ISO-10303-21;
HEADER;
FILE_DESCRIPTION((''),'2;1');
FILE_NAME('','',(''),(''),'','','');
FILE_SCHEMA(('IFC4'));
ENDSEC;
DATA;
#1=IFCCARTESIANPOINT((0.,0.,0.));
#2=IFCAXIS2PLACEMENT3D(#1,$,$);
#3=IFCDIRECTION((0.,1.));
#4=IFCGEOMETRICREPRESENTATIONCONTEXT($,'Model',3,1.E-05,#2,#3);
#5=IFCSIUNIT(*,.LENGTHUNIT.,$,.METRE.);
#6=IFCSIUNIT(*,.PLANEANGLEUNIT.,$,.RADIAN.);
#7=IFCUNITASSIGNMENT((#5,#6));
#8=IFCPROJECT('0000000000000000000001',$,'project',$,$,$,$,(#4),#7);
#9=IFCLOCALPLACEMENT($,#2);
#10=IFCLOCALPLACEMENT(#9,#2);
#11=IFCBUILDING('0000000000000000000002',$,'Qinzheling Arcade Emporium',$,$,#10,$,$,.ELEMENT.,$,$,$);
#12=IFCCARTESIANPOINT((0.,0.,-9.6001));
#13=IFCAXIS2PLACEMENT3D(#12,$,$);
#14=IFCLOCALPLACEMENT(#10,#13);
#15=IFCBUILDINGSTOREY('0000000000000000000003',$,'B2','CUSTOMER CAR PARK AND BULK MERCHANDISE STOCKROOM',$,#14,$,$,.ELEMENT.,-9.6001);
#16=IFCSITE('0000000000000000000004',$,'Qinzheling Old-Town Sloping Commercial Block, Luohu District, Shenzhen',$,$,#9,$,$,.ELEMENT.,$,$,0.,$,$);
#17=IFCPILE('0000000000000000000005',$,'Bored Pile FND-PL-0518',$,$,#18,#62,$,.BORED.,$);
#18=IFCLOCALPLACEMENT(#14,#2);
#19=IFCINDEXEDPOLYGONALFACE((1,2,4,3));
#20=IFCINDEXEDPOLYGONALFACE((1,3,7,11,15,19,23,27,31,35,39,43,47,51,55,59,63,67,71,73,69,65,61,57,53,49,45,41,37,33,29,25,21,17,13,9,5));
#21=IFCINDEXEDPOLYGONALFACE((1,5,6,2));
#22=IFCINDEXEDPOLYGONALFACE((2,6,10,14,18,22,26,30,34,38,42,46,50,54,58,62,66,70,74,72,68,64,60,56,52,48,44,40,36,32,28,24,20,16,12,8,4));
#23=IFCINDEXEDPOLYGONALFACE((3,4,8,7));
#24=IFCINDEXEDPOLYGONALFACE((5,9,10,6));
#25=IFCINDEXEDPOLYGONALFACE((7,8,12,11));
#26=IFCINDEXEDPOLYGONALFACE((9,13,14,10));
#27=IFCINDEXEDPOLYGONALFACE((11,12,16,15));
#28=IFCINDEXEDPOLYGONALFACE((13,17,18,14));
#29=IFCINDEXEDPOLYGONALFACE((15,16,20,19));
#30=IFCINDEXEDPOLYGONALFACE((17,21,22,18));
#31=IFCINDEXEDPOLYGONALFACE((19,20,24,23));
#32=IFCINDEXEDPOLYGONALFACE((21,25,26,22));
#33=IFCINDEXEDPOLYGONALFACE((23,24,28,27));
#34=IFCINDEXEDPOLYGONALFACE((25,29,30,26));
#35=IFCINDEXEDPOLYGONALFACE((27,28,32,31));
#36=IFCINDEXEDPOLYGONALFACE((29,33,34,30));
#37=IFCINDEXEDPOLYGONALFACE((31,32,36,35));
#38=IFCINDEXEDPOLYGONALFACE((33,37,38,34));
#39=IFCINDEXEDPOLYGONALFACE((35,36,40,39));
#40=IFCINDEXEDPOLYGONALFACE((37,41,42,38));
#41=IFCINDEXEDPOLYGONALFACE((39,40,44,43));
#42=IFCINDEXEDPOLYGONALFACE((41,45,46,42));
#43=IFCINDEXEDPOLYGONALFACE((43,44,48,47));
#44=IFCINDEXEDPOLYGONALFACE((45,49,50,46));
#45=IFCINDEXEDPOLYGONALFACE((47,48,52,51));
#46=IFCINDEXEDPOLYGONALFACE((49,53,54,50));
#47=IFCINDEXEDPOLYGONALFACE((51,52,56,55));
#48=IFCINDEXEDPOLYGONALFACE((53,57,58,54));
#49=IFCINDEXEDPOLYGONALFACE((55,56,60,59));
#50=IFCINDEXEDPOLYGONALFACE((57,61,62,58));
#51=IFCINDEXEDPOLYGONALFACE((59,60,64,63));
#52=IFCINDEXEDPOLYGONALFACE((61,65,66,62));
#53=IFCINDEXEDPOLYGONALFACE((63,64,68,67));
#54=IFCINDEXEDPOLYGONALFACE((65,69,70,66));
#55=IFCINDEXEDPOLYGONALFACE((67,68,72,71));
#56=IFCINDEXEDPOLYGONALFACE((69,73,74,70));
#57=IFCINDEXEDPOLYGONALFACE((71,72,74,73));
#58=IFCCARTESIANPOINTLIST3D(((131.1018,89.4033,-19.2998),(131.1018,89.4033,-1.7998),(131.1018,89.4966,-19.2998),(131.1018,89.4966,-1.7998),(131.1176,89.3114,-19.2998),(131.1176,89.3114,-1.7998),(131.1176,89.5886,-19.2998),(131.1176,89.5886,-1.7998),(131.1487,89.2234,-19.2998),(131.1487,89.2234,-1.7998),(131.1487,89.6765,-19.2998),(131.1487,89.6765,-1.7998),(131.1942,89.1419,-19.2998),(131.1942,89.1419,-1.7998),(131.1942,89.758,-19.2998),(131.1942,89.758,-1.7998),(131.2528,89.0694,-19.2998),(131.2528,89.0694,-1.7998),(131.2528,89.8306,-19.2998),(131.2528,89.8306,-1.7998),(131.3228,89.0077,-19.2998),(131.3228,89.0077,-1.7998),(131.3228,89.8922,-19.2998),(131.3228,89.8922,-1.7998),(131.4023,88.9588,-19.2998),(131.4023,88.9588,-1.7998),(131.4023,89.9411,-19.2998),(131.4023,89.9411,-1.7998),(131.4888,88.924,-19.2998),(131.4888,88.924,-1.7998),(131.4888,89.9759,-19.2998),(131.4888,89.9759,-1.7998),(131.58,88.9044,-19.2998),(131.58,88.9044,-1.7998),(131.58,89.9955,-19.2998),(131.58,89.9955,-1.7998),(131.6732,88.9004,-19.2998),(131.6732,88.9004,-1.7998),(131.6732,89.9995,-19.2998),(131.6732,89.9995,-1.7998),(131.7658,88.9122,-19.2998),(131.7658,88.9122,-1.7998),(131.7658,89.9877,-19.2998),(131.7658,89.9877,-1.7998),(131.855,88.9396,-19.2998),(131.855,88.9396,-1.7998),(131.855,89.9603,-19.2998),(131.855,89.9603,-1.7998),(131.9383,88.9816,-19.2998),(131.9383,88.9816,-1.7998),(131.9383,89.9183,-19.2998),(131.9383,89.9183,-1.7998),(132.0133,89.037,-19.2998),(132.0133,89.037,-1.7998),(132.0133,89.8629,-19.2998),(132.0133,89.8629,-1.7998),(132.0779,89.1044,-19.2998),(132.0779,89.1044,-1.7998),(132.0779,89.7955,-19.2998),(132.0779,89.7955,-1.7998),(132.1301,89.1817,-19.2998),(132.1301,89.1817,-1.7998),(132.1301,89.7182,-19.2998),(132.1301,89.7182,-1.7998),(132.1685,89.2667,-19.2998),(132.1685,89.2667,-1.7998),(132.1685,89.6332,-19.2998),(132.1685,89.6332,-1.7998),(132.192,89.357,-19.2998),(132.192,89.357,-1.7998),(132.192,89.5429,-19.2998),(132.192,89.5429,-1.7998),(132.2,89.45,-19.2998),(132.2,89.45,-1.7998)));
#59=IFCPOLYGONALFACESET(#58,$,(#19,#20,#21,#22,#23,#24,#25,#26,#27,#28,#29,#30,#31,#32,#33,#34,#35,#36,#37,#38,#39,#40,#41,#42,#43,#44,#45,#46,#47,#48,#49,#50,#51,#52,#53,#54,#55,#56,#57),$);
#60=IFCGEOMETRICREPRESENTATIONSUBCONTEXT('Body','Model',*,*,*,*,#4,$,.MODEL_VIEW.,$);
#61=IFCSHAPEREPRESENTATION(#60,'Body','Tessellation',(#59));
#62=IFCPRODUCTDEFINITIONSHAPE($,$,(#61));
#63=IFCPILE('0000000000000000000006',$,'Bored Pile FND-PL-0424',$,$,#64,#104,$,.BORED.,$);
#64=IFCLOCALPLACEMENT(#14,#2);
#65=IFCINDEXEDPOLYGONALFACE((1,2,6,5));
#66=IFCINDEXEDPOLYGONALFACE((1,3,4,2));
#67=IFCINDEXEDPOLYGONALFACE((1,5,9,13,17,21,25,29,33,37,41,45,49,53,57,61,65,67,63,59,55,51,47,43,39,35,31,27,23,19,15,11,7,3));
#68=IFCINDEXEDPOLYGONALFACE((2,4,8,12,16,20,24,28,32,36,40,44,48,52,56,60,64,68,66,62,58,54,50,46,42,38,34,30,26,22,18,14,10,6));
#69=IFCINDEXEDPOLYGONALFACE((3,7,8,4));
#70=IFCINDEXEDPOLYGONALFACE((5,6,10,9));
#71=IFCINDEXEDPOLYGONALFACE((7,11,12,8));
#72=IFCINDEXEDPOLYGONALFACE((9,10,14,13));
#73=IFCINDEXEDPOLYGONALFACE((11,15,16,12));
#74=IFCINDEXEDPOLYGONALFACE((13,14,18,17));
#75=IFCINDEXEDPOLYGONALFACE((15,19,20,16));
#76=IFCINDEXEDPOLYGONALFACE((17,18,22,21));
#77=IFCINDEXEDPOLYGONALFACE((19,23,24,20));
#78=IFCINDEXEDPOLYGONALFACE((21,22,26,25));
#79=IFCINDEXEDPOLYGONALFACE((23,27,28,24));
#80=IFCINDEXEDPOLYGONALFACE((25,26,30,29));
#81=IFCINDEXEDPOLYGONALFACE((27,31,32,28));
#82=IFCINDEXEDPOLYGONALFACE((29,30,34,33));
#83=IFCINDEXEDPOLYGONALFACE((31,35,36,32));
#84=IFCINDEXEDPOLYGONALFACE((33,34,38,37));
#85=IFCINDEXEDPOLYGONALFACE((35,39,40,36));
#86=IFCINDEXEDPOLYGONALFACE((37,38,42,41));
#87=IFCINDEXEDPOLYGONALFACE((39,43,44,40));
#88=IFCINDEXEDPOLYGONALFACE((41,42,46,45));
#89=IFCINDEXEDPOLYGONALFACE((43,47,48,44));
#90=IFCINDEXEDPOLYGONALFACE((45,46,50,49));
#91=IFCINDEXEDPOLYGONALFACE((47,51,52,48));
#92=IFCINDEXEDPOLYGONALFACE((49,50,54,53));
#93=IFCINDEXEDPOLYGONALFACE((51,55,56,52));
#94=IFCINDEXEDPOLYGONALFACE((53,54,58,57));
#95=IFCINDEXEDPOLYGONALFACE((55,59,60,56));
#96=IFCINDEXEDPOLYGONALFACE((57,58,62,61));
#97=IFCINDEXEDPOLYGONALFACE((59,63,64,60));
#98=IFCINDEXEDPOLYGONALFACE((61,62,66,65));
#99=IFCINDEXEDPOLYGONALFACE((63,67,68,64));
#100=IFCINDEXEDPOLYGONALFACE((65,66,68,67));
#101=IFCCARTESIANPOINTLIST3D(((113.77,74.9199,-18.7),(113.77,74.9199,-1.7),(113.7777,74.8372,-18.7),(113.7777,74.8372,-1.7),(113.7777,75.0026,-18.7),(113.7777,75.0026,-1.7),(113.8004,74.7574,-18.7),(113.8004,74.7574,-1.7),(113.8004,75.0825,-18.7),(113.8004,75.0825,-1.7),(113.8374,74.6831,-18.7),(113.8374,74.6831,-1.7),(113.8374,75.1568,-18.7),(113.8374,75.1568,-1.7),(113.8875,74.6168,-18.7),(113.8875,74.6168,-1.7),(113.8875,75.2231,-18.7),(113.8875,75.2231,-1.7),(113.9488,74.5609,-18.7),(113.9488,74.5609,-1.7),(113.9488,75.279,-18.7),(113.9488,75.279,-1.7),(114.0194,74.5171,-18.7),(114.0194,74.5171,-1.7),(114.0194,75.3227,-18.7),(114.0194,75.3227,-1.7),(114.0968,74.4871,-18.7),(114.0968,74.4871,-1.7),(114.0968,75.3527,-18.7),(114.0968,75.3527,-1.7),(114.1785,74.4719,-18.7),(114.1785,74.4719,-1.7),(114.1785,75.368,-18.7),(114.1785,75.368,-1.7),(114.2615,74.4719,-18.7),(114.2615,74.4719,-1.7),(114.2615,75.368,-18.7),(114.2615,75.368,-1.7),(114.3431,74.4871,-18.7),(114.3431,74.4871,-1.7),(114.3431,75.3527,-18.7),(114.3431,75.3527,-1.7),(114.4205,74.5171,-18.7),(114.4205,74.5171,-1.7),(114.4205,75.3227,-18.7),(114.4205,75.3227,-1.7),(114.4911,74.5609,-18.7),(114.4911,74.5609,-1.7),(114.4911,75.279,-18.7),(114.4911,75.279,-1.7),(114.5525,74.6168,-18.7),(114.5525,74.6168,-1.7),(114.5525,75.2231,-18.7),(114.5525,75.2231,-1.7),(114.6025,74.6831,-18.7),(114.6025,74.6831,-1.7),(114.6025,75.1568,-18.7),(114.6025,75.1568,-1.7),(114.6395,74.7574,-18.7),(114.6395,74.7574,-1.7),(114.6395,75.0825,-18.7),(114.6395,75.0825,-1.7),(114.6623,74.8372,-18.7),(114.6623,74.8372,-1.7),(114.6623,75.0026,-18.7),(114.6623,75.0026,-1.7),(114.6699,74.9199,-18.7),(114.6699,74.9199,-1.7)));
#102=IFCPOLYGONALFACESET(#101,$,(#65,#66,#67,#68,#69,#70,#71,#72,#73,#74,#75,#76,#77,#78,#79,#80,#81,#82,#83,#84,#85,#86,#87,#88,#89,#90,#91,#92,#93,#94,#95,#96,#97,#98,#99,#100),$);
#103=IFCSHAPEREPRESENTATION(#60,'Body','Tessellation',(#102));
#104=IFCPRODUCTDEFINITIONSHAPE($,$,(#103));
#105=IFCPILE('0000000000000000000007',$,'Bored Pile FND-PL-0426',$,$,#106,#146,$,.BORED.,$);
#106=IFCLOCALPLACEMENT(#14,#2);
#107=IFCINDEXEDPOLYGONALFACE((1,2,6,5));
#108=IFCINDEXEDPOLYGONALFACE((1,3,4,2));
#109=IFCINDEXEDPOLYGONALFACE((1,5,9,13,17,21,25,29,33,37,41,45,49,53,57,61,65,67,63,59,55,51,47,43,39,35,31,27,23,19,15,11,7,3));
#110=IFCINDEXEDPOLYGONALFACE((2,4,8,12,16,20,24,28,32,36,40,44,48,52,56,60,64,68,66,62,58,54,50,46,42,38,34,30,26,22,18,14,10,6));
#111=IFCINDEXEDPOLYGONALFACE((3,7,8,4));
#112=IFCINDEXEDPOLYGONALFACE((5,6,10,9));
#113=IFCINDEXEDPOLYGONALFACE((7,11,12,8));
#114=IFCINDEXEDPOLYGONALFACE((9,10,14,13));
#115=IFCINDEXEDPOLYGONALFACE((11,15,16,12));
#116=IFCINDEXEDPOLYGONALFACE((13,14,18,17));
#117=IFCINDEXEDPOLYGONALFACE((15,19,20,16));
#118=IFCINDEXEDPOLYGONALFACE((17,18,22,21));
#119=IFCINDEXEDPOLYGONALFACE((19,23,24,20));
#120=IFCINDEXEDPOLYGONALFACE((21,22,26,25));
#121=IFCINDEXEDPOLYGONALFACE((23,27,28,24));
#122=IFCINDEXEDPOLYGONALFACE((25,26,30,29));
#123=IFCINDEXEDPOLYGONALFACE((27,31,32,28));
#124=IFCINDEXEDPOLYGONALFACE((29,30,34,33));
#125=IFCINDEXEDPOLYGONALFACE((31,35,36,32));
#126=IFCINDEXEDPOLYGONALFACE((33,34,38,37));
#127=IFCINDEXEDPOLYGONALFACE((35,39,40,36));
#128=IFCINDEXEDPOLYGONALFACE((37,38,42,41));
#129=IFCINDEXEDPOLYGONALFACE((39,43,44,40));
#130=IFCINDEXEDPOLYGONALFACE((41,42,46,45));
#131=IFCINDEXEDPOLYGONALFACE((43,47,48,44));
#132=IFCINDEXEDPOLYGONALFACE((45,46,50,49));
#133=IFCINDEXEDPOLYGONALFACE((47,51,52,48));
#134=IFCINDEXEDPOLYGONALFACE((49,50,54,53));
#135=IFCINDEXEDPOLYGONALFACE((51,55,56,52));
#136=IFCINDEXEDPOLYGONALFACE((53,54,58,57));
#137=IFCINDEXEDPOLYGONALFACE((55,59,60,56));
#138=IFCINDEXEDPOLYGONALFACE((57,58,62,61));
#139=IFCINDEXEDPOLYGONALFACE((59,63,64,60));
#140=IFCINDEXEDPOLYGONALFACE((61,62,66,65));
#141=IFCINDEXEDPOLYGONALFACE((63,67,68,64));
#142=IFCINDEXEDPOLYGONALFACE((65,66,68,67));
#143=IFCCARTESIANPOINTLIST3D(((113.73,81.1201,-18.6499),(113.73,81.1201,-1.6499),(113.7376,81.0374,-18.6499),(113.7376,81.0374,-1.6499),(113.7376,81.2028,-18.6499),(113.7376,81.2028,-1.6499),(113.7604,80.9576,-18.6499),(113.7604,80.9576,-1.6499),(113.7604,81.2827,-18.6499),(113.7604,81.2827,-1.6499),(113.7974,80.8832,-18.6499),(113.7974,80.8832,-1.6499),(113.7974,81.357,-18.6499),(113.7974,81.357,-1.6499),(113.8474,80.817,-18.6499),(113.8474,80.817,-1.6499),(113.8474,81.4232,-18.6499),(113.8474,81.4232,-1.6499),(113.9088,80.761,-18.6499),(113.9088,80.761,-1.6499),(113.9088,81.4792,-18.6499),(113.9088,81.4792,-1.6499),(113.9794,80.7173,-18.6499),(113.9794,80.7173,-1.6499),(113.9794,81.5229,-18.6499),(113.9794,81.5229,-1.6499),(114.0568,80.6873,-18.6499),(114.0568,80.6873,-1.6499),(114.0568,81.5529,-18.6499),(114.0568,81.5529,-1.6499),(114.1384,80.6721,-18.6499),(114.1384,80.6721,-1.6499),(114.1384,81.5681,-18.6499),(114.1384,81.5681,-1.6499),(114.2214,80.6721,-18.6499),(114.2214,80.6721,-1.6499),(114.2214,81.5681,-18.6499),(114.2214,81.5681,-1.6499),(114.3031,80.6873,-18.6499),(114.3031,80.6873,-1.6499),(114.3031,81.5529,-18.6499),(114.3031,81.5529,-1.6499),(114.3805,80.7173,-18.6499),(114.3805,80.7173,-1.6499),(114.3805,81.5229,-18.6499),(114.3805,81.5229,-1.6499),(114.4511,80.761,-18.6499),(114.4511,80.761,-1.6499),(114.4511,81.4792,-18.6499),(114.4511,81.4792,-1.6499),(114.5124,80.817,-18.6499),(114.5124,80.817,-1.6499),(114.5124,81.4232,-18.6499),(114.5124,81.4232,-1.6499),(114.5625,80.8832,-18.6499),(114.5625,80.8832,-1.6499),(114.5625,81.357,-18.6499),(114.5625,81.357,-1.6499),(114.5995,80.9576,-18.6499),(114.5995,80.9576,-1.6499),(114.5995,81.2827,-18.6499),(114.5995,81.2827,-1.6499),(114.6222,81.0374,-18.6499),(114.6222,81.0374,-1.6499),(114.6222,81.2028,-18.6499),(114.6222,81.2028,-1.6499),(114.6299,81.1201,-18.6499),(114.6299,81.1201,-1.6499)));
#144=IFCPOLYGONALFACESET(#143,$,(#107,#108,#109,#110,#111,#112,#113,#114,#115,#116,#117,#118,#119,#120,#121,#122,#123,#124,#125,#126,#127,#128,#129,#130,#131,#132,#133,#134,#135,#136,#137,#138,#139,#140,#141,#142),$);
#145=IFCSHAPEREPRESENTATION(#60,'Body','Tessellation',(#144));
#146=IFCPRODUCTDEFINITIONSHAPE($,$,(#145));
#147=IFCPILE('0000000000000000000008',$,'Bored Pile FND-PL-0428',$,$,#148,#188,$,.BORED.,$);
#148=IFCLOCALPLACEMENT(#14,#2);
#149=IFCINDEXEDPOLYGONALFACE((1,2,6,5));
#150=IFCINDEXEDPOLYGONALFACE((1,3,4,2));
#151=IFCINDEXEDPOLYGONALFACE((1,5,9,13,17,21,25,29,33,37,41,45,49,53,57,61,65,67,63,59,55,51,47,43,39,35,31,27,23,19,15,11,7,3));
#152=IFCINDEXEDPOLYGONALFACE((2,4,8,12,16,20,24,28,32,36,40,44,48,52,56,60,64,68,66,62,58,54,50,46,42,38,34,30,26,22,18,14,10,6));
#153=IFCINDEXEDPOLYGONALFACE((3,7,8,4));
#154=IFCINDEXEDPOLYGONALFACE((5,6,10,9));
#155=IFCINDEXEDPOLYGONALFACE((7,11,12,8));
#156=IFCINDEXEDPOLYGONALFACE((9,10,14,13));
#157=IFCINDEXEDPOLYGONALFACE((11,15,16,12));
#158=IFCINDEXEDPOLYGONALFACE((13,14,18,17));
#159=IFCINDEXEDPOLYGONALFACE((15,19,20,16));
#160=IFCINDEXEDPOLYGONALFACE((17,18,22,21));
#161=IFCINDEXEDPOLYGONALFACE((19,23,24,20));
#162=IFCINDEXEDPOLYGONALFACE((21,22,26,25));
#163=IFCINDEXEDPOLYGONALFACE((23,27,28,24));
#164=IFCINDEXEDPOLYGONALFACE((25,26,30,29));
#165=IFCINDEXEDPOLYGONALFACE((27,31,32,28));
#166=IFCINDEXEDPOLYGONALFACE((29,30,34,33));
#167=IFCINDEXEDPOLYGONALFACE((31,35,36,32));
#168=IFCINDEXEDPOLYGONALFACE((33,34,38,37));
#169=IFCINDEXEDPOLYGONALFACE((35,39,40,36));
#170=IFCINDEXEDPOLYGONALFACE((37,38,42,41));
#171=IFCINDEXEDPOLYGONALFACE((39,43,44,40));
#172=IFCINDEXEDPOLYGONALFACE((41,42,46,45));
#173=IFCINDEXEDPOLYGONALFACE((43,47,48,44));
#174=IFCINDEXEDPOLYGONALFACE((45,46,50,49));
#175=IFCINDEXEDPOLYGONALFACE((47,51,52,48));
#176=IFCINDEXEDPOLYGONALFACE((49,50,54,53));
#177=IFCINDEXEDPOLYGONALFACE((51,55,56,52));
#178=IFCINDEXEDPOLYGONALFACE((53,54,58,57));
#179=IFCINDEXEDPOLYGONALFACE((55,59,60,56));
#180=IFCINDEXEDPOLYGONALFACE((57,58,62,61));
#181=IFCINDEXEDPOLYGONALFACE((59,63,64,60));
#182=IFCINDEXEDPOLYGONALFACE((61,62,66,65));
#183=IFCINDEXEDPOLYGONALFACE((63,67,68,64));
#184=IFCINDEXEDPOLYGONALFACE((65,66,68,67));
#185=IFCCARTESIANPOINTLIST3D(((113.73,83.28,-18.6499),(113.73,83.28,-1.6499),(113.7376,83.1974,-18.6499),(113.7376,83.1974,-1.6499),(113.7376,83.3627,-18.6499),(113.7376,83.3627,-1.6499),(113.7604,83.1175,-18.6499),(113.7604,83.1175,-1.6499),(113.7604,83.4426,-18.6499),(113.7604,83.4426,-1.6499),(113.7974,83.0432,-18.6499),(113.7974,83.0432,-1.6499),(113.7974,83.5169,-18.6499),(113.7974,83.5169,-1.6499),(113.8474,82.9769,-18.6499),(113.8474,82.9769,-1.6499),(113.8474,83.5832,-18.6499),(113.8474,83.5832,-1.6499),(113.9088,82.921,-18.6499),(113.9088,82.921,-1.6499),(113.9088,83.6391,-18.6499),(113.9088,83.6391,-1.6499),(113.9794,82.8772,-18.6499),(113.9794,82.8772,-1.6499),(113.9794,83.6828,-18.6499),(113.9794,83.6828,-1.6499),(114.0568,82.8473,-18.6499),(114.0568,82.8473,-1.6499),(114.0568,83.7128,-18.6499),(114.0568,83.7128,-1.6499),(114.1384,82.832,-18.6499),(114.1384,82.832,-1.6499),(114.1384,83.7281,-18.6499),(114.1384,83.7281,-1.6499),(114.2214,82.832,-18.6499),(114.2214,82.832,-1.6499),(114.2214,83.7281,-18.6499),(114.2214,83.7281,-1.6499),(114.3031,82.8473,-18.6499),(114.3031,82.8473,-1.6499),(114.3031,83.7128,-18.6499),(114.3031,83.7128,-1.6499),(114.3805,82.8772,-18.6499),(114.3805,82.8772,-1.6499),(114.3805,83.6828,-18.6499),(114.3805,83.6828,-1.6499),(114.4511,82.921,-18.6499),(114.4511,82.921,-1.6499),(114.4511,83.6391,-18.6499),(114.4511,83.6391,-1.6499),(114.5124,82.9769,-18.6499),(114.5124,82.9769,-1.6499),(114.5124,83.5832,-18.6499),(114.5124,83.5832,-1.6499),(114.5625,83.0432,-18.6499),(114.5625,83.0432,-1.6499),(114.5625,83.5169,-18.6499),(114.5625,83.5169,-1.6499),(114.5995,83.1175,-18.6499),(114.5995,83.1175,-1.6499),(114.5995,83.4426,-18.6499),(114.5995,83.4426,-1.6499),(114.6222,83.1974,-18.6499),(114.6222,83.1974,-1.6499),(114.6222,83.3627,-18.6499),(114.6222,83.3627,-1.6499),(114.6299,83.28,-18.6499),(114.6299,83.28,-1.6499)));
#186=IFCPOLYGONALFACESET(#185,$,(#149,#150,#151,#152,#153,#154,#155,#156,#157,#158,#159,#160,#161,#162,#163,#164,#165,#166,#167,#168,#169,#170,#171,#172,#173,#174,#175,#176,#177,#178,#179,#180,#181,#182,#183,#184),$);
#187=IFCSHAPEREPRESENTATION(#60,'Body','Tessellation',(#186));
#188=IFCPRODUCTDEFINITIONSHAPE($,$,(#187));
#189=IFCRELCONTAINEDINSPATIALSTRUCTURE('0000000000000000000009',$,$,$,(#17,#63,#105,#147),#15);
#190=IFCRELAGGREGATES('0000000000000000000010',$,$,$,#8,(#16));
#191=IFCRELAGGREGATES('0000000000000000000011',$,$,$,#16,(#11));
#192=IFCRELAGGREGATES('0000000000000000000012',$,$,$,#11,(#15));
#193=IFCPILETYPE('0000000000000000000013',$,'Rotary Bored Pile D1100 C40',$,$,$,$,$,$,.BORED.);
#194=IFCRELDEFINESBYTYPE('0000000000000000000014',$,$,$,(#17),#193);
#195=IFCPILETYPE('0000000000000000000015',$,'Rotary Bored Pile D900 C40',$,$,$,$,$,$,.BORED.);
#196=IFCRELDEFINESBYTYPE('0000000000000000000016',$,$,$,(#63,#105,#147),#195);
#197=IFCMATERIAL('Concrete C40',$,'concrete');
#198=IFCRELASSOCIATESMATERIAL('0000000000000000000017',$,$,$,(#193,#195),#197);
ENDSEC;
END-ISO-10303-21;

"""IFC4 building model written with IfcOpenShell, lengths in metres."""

from ifc_helpers import new_model, si_unit, direction, frame, origin, origin_2d, place, context, subcontext, project, spatial, circle, extrude, material, material_profile, profile_set, type_object, element, save


model = new_model("IFC4")

# Units and contexts
model_context = context("Model", 3, precision=1e-05, world=origin(), true_north=direction((0.0, 1.0)))
body_context = subcontext(model_context, "Body", "Model", "MODEL_VIEW")
ifc_project = project(units=[si_unit("LENGTHUNIT", "METRE"), si_unit("PLANEANGLEUNIT", "RADIAN")], contexts=[model_context])

# Site, building, storey
site_placement = place(None, origin())
site = spatial("IfcSite", under=ifc_project, at=site_placement, Name="Qinzheling Old-Town Sloping Commercial Block, Luohu District, Shenzhen", CompositionType="ELEMENT", RefElevation=0.0)
building_placement = place(site_placement, origin())
building = spatial("IfcBuilding", under=site, at=building_placement, Name="Qinzheling Arcade Emporium", CompositionType="ELEMENT")
storey_placement = place(building_placement, frame((0.0, 0.0, -9.6001)))
storey = spatial("IfcBuildingStorey", under=building, at=storey_placement, Name="B2", Description="CUSTOMER CAR PARK AND BULK MERCHANDISE STOCKROOM", CompositionType="ELEMENT", Elevation=-9.6001)

# Shared definitions
ifc_material_1 = material(Name="Concrete C40", Category="concrete")

# Piles
ifc_material_profile_1 = material_profile(ifc_material_1, circle(Radius=0.55, at=origin_2d()), Name="BORED D1100", Category="concrete")
ifc_profile_set_1 = profile_set([ifc_material_profile_1], Name="Concrete C40")
pile_type_1 = type_object("IfcPileType", Name="Rotary Bored Pile D1100 C40", PredefinedType="BORED", material=ifc_profile_set_1)
for number, where, z_axis, x_axis, name in (
    (1, (131.6499, 89.45, -1.7998), (0.0, 0.0, -1.0), (1.0, 0.0, 0.0), "Bored Pile FND-PL-0518"),
):
    element("IfcPile", number, at=place(storey_placement, frame(where, z_axis=z_axis, x_axis=x_axis)), inside=storey, type_object=pile_type_1, Name=name, PredefinedType="BORED", context=body_context, shape_type="SweptSolid", body=[
        extrude(circle(Radius=0.55, at=origin_2d()), origin(), (0.0, 0.0, 1.0), 17.5),
    ])
ifc_material_profile_2 = material_profile(ifc_material_1, circle(Radius=0.45, at=origin_2d()), Name="BORED D900", Category="concrete")
ifc_profile_set_2 = profile_set([ifc_material_profile_2], Name="Concrete C40")
pile_type_2 = type_object("IfcPileType", Name="Rotary Bored Pile D900 C40", PredefinedType="BORED", material=ifc_profile_set_2)
for number, where, z_axis, x_axis, name in (
    (2, (114.22, 74.9199, -1.7), (0.0, 0.0, -1.0), (1.0, 0.0, 0.0), "Bored Pile FND-PL-0424"),
    (3, (114.1799, 81.1201, -1.6499), (0.0, 0.0, -1.0), (1.0, 0.0, 0.0), "Bored Pile FND-PL-0426"),
    (4, (114.1799, 83.28, -1.6499), (0.0, 0.0, -1.0), (1.0, 0.0, 0.0), "Bored Pile FND-PL-0428"),
):
    element("IfcPile", number, at=place(storey_placement, frame(where, z_axis=z_axis, x_axis=x_axis)), inside=storey, type_object=pile_type_2, Name=name, PredefinedType="BORED", context=body_context, shape_type="SweptSolid", body=[
        extrude(circle(Radius=0.45, at=origin_2d()), origin(), (0.0, 0.0, 1.0), 17.0),
    ])

save(model, "model.ifc")
